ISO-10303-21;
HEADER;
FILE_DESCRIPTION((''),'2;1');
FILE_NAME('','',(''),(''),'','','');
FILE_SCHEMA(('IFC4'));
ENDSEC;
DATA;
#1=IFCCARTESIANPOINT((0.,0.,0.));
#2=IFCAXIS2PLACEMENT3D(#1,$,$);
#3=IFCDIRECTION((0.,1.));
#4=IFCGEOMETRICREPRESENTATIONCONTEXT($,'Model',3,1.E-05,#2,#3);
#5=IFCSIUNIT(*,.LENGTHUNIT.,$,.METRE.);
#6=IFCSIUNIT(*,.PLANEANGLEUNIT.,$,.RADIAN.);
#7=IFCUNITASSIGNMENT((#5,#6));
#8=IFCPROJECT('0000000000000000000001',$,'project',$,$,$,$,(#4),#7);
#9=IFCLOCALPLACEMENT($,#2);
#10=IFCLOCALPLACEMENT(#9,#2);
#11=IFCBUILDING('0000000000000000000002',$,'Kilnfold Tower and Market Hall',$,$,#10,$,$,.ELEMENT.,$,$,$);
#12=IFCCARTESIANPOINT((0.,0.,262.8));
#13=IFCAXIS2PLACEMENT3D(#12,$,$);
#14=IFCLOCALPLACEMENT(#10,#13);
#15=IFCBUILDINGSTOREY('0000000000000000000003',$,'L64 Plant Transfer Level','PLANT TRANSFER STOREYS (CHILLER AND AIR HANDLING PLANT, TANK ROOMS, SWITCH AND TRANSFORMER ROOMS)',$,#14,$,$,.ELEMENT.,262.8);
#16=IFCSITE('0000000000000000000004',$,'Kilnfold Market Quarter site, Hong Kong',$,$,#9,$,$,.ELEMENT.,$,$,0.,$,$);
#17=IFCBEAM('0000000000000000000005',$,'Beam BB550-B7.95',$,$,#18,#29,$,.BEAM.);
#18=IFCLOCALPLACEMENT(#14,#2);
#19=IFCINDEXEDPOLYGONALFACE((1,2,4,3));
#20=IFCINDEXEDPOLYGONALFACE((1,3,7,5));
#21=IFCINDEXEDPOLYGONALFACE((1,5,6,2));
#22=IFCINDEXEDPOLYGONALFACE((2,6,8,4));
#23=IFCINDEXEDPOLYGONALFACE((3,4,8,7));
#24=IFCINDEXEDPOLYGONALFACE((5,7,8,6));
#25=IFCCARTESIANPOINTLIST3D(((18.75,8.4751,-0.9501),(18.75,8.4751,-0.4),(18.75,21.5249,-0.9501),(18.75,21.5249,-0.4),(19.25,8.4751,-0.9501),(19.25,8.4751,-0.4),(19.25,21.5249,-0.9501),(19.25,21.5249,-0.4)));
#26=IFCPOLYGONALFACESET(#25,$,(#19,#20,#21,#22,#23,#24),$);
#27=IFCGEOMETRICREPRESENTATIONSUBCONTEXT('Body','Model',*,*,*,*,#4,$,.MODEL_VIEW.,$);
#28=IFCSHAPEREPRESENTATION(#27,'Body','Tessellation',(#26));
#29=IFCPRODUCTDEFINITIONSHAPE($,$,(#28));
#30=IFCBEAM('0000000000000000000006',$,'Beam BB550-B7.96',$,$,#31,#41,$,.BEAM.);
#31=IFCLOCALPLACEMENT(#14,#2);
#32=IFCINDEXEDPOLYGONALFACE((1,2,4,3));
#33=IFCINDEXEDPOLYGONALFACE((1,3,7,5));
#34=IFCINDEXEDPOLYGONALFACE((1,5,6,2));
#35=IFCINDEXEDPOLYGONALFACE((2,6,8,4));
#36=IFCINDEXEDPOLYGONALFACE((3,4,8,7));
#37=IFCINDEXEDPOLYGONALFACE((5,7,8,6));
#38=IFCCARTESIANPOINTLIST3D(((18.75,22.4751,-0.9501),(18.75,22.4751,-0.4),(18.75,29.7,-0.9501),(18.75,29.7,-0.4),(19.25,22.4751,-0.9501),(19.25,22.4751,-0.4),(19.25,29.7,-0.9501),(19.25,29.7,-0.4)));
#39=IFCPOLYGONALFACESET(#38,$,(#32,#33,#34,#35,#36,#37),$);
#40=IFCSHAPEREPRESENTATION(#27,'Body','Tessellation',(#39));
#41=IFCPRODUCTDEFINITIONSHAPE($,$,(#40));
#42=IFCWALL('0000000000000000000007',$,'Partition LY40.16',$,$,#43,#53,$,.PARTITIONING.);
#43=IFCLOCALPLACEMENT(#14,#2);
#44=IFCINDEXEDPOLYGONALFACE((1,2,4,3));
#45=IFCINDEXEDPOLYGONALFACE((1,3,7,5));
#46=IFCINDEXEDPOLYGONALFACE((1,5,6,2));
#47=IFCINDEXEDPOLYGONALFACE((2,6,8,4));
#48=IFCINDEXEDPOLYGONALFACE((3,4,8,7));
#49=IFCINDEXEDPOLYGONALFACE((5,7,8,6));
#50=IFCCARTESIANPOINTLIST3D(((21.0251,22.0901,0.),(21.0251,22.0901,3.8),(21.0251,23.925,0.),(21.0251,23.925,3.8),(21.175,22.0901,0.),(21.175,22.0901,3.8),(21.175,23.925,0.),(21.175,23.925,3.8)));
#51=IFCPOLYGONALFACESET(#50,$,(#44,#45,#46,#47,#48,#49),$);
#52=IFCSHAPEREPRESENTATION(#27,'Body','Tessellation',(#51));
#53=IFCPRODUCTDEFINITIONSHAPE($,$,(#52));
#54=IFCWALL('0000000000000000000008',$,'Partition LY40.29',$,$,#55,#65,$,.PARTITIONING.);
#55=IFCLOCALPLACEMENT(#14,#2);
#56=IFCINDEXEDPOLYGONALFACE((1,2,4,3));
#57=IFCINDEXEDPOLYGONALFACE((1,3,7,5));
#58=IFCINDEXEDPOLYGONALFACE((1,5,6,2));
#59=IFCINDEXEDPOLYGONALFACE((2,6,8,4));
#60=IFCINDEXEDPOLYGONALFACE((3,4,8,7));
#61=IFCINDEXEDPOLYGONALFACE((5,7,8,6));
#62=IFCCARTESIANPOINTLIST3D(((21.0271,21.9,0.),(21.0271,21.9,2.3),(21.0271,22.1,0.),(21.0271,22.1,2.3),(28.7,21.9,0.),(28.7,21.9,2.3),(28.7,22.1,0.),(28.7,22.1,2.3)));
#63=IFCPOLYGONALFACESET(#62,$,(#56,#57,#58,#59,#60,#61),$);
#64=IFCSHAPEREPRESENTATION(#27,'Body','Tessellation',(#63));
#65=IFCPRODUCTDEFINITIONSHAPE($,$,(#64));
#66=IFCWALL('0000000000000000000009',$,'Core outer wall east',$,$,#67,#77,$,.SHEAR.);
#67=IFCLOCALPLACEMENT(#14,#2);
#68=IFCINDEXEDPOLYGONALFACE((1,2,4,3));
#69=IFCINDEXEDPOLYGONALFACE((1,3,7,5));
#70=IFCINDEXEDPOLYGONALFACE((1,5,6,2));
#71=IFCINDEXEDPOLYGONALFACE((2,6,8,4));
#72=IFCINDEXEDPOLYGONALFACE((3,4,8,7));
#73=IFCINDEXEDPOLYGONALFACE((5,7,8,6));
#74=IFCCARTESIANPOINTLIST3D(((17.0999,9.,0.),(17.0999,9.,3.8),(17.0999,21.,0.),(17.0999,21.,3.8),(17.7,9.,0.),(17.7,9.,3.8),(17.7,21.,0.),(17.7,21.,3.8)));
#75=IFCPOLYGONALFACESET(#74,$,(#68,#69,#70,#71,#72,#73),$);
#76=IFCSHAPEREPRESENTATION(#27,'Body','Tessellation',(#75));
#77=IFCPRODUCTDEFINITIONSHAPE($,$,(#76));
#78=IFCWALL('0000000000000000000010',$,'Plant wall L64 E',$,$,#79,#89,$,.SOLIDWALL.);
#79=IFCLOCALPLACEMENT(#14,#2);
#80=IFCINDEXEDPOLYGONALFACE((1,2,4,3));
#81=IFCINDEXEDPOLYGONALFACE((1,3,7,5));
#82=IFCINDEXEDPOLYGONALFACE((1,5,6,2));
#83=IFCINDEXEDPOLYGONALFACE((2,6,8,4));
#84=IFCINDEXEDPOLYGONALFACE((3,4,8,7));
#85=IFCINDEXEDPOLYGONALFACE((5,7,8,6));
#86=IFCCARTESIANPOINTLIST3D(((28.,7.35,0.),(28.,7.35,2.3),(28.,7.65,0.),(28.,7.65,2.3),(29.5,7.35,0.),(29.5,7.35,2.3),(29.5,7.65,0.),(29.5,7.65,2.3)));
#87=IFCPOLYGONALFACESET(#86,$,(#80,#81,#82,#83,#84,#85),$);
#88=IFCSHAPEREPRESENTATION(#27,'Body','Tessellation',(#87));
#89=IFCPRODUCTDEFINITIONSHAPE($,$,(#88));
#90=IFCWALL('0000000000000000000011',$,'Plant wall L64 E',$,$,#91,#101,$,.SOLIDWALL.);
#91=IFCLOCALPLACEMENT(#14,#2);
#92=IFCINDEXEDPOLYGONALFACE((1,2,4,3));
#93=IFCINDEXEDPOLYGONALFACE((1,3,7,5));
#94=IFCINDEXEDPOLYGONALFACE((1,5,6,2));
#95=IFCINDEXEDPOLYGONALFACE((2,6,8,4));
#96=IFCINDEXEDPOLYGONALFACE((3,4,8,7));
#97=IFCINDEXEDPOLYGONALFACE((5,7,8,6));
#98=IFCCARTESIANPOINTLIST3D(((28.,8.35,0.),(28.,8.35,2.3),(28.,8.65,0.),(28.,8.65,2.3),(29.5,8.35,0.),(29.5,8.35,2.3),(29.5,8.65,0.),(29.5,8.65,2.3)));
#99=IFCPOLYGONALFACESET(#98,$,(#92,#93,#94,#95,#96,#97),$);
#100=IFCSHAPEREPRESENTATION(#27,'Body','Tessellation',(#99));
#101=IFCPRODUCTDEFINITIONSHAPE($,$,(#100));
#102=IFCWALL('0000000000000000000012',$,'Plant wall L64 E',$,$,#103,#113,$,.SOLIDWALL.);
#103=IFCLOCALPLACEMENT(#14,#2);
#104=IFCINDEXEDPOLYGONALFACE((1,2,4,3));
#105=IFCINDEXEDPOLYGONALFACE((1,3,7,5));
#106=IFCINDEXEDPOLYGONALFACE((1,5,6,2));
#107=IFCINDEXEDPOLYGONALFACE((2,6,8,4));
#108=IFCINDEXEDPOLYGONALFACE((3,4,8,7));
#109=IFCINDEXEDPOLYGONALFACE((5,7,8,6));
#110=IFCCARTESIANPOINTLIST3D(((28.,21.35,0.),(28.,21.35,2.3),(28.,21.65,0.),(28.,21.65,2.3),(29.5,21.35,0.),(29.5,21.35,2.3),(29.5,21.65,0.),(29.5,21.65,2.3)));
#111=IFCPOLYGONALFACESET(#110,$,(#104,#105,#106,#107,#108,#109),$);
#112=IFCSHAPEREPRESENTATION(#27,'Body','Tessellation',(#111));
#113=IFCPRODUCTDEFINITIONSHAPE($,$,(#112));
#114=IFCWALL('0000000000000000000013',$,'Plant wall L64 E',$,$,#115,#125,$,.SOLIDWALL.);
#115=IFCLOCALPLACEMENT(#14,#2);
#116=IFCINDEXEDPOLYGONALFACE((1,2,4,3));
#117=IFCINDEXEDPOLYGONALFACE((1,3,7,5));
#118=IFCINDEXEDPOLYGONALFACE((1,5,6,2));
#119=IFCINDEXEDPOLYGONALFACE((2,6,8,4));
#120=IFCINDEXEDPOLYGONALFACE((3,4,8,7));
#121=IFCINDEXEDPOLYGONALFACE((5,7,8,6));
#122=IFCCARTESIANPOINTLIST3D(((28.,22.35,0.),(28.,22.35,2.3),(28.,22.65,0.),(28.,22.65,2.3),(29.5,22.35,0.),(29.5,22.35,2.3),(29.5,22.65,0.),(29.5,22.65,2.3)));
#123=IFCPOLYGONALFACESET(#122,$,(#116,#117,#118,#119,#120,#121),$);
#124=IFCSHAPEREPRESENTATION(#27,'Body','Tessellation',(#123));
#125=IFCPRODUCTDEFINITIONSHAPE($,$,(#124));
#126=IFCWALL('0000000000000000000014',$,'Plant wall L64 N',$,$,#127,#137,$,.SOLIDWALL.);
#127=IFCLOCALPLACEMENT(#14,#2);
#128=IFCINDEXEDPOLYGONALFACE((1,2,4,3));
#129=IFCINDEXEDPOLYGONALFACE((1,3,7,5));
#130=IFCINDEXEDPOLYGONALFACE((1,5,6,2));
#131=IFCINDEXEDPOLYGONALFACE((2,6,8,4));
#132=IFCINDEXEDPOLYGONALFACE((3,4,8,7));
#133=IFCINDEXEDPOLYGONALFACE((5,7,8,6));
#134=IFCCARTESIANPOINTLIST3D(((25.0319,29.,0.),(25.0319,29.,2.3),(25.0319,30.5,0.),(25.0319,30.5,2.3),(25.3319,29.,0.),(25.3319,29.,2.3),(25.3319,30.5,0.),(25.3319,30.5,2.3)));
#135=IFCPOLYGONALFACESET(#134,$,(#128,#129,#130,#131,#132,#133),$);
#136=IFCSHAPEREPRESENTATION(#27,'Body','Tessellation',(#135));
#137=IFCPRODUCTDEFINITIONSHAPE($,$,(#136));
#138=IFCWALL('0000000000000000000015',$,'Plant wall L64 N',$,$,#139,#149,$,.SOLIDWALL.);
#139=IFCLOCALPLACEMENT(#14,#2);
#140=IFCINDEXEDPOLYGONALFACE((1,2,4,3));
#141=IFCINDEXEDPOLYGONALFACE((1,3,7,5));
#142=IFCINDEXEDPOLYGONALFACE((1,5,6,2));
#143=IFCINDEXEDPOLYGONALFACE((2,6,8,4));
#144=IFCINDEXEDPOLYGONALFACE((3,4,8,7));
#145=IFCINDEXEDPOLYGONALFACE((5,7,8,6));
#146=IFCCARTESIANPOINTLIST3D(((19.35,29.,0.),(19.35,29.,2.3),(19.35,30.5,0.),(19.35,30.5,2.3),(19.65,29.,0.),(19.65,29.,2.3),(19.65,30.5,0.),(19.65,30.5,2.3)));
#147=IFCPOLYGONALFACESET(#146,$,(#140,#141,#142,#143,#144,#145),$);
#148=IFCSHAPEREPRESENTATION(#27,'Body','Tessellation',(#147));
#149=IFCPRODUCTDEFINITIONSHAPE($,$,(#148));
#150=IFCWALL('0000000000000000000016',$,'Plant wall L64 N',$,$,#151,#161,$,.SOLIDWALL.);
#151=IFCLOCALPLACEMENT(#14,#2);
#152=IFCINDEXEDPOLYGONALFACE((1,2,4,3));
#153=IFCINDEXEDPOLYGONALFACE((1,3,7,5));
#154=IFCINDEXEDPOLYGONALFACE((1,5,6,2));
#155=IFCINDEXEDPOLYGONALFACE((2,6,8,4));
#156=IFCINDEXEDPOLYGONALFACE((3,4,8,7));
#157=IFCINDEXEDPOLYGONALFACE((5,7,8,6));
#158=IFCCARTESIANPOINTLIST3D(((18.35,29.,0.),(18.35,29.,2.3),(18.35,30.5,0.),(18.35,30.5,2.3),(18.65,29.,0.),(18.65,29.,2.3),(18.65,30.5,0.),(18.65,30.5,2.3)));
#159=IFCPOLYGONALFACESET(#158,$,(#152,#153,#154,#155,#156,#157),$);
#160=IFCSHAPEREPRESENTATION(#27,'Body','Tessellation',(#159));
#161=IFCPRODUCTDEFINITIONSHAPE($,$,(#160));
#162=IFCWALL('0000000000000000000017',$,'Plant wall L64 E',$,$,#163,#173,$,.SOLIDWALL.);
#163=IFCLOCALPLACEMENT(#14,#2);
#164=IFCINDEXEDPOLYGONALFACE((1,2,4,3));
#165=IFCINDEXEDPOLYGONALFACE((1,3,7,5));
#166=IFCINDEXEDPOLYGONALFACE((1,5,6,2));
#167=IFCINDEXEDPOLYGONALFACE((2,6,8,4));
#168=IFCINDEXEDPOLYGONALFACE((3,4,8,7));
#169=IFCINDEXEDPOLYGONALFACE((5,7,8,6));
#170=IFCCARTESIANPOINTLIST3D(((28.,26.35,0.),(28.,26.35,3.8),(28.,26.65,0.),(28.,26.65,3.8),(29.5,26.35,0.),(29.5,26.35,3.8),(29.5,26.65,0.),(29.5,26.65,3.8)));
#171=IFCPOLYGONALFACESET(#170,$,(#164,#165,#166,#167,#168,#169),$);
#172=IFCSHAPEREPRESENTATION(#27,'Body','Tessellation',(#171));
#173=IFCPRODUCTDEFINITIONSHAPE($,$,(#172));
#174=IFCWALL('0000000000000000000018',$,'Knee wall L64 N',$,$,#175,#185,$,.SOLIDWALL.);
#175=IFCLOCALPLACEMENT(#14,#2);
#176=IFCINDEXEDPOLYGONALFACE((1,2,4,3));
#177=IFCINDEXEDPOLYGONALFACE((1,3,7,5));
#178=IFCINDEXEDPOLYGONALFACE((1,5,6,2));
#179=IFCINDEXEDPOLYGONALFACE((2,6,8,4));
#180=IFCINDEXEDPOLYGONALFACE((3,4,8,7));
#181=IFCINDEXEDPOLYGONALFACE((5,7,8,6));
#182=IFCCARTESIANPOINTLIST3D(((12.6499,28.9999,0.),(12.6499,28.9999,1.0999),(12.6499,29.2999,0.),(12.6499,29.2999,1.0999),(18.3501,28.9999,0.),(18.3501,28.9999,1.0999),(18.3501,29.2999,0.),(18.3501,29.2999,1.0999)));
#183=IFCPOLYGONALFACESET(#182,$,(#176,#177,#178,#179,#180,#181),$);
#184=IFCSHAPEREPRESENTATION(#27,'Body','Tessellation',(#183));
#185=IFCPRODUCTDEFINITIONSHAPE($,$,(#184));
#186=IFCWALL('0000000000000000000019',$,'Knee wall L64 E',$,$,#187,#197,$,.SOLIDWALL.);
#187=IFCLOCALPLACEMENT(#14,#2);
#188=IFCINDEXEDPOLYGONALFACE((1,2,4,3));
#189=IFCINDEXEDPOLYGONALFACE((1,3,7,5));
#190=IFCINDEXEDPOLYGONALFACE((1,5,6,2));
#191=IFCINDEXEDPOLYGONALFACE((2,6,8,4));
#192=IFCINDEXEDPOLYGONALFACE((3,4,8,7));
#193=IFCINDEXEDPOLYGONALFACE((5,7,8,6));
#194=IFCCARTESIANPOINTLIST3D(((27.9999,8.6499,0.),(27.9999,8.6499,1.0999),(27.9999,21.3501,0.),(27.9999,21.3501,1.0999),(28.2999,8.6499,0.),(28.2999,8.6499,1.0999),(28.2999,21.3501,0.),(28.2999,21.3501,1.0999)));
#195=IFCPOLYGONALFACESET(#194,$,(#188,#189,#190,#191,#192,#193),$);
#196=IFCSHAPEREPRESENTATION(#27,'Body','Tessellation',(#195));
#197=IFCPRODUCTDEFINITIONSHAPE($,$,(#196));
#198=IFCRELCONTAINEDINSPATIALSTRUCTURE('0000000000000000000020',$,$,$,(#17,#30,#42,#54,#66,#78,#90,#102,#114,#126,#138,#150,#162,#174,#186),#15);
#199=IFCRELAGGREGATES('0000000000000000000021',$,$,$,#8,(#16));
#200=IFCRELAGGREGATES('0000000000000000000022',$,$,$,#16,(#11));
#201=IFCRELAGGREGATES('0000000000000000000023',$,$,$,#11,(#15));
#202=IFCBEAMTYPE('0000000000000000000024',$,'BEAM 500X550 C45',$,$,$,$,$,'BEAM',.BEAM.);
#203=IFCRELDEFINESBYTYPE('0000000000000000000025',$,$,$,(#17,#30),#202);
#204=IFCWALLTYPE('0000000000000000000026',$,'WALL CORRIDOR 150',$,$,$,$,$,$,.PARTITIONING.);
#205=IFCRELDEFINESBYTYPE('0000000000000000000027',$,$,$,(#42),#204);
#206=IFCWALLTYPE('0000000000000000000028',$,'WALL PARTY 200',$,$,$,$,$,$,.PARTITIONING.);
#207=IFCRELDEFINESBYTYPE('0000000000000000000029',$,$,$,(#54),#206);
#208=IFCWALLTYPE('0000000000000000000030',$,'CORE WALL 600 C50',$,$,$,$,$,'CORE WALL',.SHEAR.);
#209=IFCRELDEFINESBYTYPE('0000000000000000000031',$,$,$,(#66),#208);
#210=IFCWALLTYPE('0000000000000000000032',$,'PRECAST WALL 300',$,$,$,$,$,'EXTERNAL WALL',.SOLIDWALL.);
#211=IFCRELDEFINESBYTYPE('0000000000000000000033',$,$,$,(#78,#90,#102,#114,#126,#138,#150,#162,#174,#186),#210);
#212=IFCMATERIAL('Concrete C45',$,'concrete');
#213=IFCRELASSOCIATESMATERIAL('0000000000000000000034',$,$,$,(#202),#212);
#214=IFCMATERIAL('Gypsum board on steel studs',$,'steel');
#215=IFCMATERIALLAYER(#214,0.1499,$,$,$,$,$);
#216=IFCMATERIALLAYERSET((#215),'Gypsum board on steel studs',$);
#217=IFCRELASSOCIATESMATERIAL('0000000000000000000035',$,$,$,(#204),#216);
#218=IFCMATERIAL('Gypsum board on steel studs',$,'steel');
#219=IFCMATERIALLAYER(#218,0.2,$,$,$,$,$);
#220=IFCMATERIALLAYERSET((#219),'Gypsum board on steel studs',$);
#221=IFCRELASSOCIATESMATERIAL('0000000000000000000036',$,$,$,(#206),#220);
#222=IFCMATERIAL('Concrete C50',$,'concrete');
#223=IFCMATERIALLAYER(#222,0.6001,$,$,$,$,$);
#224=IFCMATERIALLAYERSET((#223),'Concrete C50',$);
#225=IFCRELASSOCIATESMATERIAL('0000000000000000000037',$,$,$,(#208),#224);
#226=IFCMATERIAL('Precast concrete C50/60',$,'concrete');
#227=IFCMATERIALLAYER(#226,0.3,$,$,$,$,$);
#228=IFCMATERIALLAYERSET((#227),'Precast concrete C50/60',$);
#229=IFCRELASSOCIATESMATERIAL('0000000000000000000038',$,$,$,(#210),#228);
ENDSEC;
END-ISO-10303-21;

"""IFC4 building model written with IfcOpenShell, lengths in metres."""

from ifc_helpers import new_model, si_unit, direction, frame, frame_2d, origin, origin_2d, place, context, subcontext, project, spatial, rectangle, extrude, source, transform, mapped, material, layer, layer_set, material_profile, profile_set, type_object, element, save


model = new_model("IFC4")

# Units and contexts
model_context = context("Model", 3, precision=1e-05, world=origin(), true_north=direction((0.0, 1.0)))
body_context = subcontext(model_context, "Body", "Model", "MODEL_VIEW")
ifc_project = project(units=[si_unit("LENGTHUNIT", "METRE"), si_unit("PLANEANGLEUNIT", "RADIAN")], contexts=[model_context])

# Site, building, storey
site_placement = place(None, origin())
site = spatial("IfcSite", under=ifc_project, at=site_placement, Name="Kilnfold Market Quarter site, Hong Kong", CompositionType="ELEMENT", RefElevation=0.0)
building_placement = place(site_placement, origin())
building = spatial("IfcBuilding", under=site, at=building_placement, Name="Kilnfold Tower and Market Hall", CompositionType="ELEMENT")
storey_placement = place(building_placement, frame((0.0, 0.0, 262.8)))
storey = spatial("IfcBuildingStorey", under=building, at=storey_placement, Name="L64 Plant Transfer Level", Description="PLANT TRANSFER STOREYS (CHILLER AND AIR HANDLING PLANT, TANK ROOMS, SWITCH AND TRANSFORMER ROOMS)", CompositionType="ELEMENT", Elevation=262.8)

# Beams
ifc_material_1 = material(Name="Concrete C45", Category="concrete")
ifc_material_profile_1 = material_profile(ifc_material_1, rectangle(XDim=0.5, YDim=0.55, at=origin_2d()), Name="RC 500x550")
ifc_profile_set_1 = profile_set([ifc_material_profile_1], Name="Concrete C45")
beam_type_1 = type_object("IfcBeamType", Name="BEAM 500X550 C45", ElementType="BEAM", PredefinedType="BEAM", material=ifc_profile_set_1)
shared_shape_1 = source(origin(), body_context, "Body", "SweptSolid", [
    extrude(rectangle(XDim=0.5, YDim=0.55, at=origin_2d()), origin(), (0.0, 0.0, 1.0), 13.0498),
])
beam_1_placement = place(storey_placement, frame((19.0, 8.4751, -0.675), z_axis=(0.0, 1.0, 0.0), x_axis=(-1.0, 0.0, 0.0)))
element("IfcBeam", 1, at=beam_1_placement, inside=storey, type_object=beam_type_1, Name="Beam BB550-B7.95", PredefinedType="BEAM", context=body_context, shape_type="MappedRepresentation", body=[
    mapped(shared_shape_1, transform((0.0, 0.0, 0.0))),
])
shared_shape_2 = source(origin(), body_context, "Body", "SweptSolid", [
    extrude(rectangle(XDim=0.5, YDim=0.55, at=origin_2d()), origin(), (0.0, 0.0, 1.0), 7.2249),
])
beam_2_placement = place(storey_placement, frame((19.0, 22.4751, -0.675), z_axis=(0.0, 1.0, 0.0), x_axis=(-1.0, 0.0, 0.0)))
element("IfcBeam", 2, at=beam_2_placement, inside=storey, type_object=beam_type_1, Name="Beam BB550-B7.96", PredefinedType="BEAM", context=body_context, shape_type="MappedRepresentation", body=[
    mapped(shared_shape_2, transform((0.0, 0.0, 0.0))),
])

# Walls
ifc_material_2 = material(Name="Gypsum board on steel studs", Category="steel")
ifc_layer_1 = layer(ifc_material_2, 0.1499)
ifc_layer_set_1 = layer_set([ifc_layer_1], Name="Gypsum board on steel studs")
wall_type_1 = type_object("IfcWallType", Name="WALL CORRIDOR 150", PredefinedType="PARTITIONING", material=ifc_layer_set_1)
wall_1_placement = place(storey_placement, frame((21.1001, 22.0901, 0.0), z_axis=(0.0, 0.0, 1.0), x_axis=(0.0, 1.0, 0.0)))
element("IfcWall", 3, at=wall_1_placement, inside=storey, type_object=wall_type_1, Name="Partition LY40.16", PredefinedType="PARTITIONING", context=body_context, shape_type="SweptSolid", body=[
    extrude(rectangle(XDim=1.835, YDim=0.1499, at=frame_2d((0.9175, 0.0))), origin(), (0.0, 0.0, 1.0), 3.8),
])
ifc_material_3 = material(Name="Gypsum board on steel studs", Category="steel")
ifc_layer_2 = layer(ifc_material_3, 0.2)
ifc_layer_set_2 = layer_set([ifc_layer_2], Name="Gypsum board on steel studs")
wall_type_2 = type_object("IfcWallType", Name="WALL PARTY 200", PredefinedType="PARTITIONING", material=ifc_layer_set_2)
wall_2_placement = place(storey_placement, frame((21.0271, 22.0, 0.0), z_axis=(0.0, 0.0, 1.0), x_axis=(1.0, 0.0, 0.0)))
element("IfcWall", 4, at=wall_2_placement, inside=storey, type_object=wall_type_2, Name="Partition LY40.29", PredefinedType="PARTITIONING", context=body_context, shape_type="SweptSolid", body=[
    extrude(rectangle(XDim=7.6729, YDim=0.2, at=frame_2d((3.8364, 0.0))), origin(), (0.0, 0.0, 1.0), 2.3),
])
ifc_material_4 = material(Name="Concrete C50", Category="concrete")
ifc_layer_3 = layer(ifc_material_4, 0.6001)
ifc_layer_set_3 = layer_set([ifc_layer_3], Name="Concrete C50")
wall_type_3 = type_object("IfcWallType", Name="CORE WALL 600 C50", ElementType="CORE WALL", PredefinedType="SHEAR", material=ifc_layer_set_3)
shared_shape_3 = source(origin(), body_context, "Body", "SweptSolid", [
    extrude(rectangle(XDim=12.0, YDim=0.6001, at=frame_2d((6.0, 0.0))), origin(), (0.0, 0.0, 1.0), 3.8),
])
wall_3_placement = place(storey_placement, frame((17.3999, 9.0, 0.0), z_axis=(0.0, 0.0, 1.0), x_axis=(0.0, 1.0, 0.0)))
element("IfcWall", 5, at=wall_3_placement, inside=storey, type_object=wall_type_3, Name="Core outer wall east", PredefinedType="SHEAR", context=body_context, shape_type="MappedRepresentation", body=[
    mapped(shared_shape_3, transform((0.0, 0.0, 0.0))),
])
ifc_material_5 = material(Name="Precast concrete C50/60", Category="concrete")
ifc_layer_4 = layer(ifc_material_5, 0.3)
ifc_layer_set_4 = layer_set([ifc_layer_4], Name="Precast concrete C50/60")
wall_type_4 = type_object("IfcWallType", Name="PRECAST WALL 300", ElementType="EXTERNAL WALL", PredefinedType="SOLIDWALL", material=ifc_layer_set_4)
shared_shape_4 = source(origin(), body_context, "Body", "SweptSolid", [
    extrude(rectangle(XDim=1.5, YDim=0.3, at=frame_2d((0.75, 0.0))), origin(), (0.0, 0.0, 1.0), 2.3),
])
for number, where, z_axis, x_axis, name in (
    (6, (29.5, 7.5, 0.0), (0.0, 0.0, 1.0), (-1.0, 0.0, 0.0), "Plant wall L64 E"),
    (7, (29.5, 8.5, 0.0), (0.0, 0.0, 1.0), (-1.0, 0.0, 0.0), "Plant wall L64 E"),
    (8, (29.5, 21.5, 0.0), (0.0, 0.0, 1.0), (-1.0, 0.0, 0.0), "Plant wall L64 E"),
    (9, (29.5, 22.5, 0.0), (0.0, 0.0, 1.0), (-1.0, 0.0, 0.0), "Plant wall L64 E"),
    (10, (25.1819, 30.5, 0.0), (0.0, 0.0, 1.0), (0.0, -1.0, 0.0), "Plant wall L64 N"),
    (11, (19.5, 30.5, 0.0), (0.0, 0.0, 1.0), (0.0, -1.0, 0.0), "Plant wall L64 N"),
    (12, (18.5, 30.5, 0.0), (0.0, 0.0, 1.0), (0.0, -1.0, 0.0), "Plant wall L64 N"),
):
    element("IfcWall", number, at=place(storey_placement, frame(where, z_axis=z_axis, x_axis=x_axis)), inside=storey, type_object=wall_type_4, Name=name, PredefinedType="SOLIDWALL", context=body_context, shape_type="MappedRepresentation", body=[
        mapped(shared_shape_4, transform((0.0, 0.0, 0.0))),
    ])
shared_shape_5 = source(origin(), body_context, "Body", "SweptSolid", [
    extrude(rectangle(XDim=1.5, YDim=0.3, at=frame_2d((0.75, 0.0))), origin(), (0.0, 0.0, 1.0), 3.8),
])
wall_4_placement = place(storey_placement, frame((29.5, 26.5, 0.0), z_axis=(0.0, 0.0, 1.0), x_axis=(-1.0, 0.0, 0.0)))
element("IfcWall", 13, at=wall_4_placement, inside=storey, type_object=wall_type_4, Name="Plant wall L64 E", PredefinedType="SOLIDWALL", context=body_context, shape_type="MappedRepresentation", body=[
    mapped(shared_shape_5, transform((0.0, 0.0, 0.0))),
])
shared_shape_6 = source(origin(), body_context, "Body", "SweptSolid", [
    extrude(rectangle(XDim=5.7002, YDim=0.3, at=frame_2d((2.8501, 0.0))), origin(), (0.0, 0.0, 1.0), 1.0999),
])
wall_5_placement = place(storey_placement, frame((18.3501, 29.1499, 0.0), z_axis=(0.0, 0.0, 1.0), x_axis=(-1.0, 0.0, 0.0)))
element("IfcWall", 14, at=wall_5_placement, inside=storey, type_object=wall_type_4, Name="Knee wall L64 N", PredefinedType="SOLIDWALL", context=body_context, shape_type="MappedRepresentation", body=[
    mapped(shared_shape_6, transform((0.0, 0.0, 0.0))),
])
shared_shape_7 = source(origin(), body_context, "Body", "SweptSolid", [
    extrude(rectangle(XDim=12.7002, YDim=0.3, at=frame_2d((6.3501, 0.0))), origin(), (0.0, 0.0, 1.0), 1.0999),
])
wall_6_placement = place(storey_placement, frame((28.1499, 8.6499, 0.0), z_axis=(0.0, 0.0, 1.0), x_axis=(0.0, 1.0, 0.0)))
element("IfcWall", 15, at=wall_6_placement, inside=storey, type_object=wall_type_4, Name="Knee wall L64 E", PredefinedType="SOLIDWALL", context=body_context, shape_type="MappedRepresentation", body=[
    mapped(shared_shape_7, transform((0.0, 0.0, 0.0))),
])

save(model, "model.ifc")
